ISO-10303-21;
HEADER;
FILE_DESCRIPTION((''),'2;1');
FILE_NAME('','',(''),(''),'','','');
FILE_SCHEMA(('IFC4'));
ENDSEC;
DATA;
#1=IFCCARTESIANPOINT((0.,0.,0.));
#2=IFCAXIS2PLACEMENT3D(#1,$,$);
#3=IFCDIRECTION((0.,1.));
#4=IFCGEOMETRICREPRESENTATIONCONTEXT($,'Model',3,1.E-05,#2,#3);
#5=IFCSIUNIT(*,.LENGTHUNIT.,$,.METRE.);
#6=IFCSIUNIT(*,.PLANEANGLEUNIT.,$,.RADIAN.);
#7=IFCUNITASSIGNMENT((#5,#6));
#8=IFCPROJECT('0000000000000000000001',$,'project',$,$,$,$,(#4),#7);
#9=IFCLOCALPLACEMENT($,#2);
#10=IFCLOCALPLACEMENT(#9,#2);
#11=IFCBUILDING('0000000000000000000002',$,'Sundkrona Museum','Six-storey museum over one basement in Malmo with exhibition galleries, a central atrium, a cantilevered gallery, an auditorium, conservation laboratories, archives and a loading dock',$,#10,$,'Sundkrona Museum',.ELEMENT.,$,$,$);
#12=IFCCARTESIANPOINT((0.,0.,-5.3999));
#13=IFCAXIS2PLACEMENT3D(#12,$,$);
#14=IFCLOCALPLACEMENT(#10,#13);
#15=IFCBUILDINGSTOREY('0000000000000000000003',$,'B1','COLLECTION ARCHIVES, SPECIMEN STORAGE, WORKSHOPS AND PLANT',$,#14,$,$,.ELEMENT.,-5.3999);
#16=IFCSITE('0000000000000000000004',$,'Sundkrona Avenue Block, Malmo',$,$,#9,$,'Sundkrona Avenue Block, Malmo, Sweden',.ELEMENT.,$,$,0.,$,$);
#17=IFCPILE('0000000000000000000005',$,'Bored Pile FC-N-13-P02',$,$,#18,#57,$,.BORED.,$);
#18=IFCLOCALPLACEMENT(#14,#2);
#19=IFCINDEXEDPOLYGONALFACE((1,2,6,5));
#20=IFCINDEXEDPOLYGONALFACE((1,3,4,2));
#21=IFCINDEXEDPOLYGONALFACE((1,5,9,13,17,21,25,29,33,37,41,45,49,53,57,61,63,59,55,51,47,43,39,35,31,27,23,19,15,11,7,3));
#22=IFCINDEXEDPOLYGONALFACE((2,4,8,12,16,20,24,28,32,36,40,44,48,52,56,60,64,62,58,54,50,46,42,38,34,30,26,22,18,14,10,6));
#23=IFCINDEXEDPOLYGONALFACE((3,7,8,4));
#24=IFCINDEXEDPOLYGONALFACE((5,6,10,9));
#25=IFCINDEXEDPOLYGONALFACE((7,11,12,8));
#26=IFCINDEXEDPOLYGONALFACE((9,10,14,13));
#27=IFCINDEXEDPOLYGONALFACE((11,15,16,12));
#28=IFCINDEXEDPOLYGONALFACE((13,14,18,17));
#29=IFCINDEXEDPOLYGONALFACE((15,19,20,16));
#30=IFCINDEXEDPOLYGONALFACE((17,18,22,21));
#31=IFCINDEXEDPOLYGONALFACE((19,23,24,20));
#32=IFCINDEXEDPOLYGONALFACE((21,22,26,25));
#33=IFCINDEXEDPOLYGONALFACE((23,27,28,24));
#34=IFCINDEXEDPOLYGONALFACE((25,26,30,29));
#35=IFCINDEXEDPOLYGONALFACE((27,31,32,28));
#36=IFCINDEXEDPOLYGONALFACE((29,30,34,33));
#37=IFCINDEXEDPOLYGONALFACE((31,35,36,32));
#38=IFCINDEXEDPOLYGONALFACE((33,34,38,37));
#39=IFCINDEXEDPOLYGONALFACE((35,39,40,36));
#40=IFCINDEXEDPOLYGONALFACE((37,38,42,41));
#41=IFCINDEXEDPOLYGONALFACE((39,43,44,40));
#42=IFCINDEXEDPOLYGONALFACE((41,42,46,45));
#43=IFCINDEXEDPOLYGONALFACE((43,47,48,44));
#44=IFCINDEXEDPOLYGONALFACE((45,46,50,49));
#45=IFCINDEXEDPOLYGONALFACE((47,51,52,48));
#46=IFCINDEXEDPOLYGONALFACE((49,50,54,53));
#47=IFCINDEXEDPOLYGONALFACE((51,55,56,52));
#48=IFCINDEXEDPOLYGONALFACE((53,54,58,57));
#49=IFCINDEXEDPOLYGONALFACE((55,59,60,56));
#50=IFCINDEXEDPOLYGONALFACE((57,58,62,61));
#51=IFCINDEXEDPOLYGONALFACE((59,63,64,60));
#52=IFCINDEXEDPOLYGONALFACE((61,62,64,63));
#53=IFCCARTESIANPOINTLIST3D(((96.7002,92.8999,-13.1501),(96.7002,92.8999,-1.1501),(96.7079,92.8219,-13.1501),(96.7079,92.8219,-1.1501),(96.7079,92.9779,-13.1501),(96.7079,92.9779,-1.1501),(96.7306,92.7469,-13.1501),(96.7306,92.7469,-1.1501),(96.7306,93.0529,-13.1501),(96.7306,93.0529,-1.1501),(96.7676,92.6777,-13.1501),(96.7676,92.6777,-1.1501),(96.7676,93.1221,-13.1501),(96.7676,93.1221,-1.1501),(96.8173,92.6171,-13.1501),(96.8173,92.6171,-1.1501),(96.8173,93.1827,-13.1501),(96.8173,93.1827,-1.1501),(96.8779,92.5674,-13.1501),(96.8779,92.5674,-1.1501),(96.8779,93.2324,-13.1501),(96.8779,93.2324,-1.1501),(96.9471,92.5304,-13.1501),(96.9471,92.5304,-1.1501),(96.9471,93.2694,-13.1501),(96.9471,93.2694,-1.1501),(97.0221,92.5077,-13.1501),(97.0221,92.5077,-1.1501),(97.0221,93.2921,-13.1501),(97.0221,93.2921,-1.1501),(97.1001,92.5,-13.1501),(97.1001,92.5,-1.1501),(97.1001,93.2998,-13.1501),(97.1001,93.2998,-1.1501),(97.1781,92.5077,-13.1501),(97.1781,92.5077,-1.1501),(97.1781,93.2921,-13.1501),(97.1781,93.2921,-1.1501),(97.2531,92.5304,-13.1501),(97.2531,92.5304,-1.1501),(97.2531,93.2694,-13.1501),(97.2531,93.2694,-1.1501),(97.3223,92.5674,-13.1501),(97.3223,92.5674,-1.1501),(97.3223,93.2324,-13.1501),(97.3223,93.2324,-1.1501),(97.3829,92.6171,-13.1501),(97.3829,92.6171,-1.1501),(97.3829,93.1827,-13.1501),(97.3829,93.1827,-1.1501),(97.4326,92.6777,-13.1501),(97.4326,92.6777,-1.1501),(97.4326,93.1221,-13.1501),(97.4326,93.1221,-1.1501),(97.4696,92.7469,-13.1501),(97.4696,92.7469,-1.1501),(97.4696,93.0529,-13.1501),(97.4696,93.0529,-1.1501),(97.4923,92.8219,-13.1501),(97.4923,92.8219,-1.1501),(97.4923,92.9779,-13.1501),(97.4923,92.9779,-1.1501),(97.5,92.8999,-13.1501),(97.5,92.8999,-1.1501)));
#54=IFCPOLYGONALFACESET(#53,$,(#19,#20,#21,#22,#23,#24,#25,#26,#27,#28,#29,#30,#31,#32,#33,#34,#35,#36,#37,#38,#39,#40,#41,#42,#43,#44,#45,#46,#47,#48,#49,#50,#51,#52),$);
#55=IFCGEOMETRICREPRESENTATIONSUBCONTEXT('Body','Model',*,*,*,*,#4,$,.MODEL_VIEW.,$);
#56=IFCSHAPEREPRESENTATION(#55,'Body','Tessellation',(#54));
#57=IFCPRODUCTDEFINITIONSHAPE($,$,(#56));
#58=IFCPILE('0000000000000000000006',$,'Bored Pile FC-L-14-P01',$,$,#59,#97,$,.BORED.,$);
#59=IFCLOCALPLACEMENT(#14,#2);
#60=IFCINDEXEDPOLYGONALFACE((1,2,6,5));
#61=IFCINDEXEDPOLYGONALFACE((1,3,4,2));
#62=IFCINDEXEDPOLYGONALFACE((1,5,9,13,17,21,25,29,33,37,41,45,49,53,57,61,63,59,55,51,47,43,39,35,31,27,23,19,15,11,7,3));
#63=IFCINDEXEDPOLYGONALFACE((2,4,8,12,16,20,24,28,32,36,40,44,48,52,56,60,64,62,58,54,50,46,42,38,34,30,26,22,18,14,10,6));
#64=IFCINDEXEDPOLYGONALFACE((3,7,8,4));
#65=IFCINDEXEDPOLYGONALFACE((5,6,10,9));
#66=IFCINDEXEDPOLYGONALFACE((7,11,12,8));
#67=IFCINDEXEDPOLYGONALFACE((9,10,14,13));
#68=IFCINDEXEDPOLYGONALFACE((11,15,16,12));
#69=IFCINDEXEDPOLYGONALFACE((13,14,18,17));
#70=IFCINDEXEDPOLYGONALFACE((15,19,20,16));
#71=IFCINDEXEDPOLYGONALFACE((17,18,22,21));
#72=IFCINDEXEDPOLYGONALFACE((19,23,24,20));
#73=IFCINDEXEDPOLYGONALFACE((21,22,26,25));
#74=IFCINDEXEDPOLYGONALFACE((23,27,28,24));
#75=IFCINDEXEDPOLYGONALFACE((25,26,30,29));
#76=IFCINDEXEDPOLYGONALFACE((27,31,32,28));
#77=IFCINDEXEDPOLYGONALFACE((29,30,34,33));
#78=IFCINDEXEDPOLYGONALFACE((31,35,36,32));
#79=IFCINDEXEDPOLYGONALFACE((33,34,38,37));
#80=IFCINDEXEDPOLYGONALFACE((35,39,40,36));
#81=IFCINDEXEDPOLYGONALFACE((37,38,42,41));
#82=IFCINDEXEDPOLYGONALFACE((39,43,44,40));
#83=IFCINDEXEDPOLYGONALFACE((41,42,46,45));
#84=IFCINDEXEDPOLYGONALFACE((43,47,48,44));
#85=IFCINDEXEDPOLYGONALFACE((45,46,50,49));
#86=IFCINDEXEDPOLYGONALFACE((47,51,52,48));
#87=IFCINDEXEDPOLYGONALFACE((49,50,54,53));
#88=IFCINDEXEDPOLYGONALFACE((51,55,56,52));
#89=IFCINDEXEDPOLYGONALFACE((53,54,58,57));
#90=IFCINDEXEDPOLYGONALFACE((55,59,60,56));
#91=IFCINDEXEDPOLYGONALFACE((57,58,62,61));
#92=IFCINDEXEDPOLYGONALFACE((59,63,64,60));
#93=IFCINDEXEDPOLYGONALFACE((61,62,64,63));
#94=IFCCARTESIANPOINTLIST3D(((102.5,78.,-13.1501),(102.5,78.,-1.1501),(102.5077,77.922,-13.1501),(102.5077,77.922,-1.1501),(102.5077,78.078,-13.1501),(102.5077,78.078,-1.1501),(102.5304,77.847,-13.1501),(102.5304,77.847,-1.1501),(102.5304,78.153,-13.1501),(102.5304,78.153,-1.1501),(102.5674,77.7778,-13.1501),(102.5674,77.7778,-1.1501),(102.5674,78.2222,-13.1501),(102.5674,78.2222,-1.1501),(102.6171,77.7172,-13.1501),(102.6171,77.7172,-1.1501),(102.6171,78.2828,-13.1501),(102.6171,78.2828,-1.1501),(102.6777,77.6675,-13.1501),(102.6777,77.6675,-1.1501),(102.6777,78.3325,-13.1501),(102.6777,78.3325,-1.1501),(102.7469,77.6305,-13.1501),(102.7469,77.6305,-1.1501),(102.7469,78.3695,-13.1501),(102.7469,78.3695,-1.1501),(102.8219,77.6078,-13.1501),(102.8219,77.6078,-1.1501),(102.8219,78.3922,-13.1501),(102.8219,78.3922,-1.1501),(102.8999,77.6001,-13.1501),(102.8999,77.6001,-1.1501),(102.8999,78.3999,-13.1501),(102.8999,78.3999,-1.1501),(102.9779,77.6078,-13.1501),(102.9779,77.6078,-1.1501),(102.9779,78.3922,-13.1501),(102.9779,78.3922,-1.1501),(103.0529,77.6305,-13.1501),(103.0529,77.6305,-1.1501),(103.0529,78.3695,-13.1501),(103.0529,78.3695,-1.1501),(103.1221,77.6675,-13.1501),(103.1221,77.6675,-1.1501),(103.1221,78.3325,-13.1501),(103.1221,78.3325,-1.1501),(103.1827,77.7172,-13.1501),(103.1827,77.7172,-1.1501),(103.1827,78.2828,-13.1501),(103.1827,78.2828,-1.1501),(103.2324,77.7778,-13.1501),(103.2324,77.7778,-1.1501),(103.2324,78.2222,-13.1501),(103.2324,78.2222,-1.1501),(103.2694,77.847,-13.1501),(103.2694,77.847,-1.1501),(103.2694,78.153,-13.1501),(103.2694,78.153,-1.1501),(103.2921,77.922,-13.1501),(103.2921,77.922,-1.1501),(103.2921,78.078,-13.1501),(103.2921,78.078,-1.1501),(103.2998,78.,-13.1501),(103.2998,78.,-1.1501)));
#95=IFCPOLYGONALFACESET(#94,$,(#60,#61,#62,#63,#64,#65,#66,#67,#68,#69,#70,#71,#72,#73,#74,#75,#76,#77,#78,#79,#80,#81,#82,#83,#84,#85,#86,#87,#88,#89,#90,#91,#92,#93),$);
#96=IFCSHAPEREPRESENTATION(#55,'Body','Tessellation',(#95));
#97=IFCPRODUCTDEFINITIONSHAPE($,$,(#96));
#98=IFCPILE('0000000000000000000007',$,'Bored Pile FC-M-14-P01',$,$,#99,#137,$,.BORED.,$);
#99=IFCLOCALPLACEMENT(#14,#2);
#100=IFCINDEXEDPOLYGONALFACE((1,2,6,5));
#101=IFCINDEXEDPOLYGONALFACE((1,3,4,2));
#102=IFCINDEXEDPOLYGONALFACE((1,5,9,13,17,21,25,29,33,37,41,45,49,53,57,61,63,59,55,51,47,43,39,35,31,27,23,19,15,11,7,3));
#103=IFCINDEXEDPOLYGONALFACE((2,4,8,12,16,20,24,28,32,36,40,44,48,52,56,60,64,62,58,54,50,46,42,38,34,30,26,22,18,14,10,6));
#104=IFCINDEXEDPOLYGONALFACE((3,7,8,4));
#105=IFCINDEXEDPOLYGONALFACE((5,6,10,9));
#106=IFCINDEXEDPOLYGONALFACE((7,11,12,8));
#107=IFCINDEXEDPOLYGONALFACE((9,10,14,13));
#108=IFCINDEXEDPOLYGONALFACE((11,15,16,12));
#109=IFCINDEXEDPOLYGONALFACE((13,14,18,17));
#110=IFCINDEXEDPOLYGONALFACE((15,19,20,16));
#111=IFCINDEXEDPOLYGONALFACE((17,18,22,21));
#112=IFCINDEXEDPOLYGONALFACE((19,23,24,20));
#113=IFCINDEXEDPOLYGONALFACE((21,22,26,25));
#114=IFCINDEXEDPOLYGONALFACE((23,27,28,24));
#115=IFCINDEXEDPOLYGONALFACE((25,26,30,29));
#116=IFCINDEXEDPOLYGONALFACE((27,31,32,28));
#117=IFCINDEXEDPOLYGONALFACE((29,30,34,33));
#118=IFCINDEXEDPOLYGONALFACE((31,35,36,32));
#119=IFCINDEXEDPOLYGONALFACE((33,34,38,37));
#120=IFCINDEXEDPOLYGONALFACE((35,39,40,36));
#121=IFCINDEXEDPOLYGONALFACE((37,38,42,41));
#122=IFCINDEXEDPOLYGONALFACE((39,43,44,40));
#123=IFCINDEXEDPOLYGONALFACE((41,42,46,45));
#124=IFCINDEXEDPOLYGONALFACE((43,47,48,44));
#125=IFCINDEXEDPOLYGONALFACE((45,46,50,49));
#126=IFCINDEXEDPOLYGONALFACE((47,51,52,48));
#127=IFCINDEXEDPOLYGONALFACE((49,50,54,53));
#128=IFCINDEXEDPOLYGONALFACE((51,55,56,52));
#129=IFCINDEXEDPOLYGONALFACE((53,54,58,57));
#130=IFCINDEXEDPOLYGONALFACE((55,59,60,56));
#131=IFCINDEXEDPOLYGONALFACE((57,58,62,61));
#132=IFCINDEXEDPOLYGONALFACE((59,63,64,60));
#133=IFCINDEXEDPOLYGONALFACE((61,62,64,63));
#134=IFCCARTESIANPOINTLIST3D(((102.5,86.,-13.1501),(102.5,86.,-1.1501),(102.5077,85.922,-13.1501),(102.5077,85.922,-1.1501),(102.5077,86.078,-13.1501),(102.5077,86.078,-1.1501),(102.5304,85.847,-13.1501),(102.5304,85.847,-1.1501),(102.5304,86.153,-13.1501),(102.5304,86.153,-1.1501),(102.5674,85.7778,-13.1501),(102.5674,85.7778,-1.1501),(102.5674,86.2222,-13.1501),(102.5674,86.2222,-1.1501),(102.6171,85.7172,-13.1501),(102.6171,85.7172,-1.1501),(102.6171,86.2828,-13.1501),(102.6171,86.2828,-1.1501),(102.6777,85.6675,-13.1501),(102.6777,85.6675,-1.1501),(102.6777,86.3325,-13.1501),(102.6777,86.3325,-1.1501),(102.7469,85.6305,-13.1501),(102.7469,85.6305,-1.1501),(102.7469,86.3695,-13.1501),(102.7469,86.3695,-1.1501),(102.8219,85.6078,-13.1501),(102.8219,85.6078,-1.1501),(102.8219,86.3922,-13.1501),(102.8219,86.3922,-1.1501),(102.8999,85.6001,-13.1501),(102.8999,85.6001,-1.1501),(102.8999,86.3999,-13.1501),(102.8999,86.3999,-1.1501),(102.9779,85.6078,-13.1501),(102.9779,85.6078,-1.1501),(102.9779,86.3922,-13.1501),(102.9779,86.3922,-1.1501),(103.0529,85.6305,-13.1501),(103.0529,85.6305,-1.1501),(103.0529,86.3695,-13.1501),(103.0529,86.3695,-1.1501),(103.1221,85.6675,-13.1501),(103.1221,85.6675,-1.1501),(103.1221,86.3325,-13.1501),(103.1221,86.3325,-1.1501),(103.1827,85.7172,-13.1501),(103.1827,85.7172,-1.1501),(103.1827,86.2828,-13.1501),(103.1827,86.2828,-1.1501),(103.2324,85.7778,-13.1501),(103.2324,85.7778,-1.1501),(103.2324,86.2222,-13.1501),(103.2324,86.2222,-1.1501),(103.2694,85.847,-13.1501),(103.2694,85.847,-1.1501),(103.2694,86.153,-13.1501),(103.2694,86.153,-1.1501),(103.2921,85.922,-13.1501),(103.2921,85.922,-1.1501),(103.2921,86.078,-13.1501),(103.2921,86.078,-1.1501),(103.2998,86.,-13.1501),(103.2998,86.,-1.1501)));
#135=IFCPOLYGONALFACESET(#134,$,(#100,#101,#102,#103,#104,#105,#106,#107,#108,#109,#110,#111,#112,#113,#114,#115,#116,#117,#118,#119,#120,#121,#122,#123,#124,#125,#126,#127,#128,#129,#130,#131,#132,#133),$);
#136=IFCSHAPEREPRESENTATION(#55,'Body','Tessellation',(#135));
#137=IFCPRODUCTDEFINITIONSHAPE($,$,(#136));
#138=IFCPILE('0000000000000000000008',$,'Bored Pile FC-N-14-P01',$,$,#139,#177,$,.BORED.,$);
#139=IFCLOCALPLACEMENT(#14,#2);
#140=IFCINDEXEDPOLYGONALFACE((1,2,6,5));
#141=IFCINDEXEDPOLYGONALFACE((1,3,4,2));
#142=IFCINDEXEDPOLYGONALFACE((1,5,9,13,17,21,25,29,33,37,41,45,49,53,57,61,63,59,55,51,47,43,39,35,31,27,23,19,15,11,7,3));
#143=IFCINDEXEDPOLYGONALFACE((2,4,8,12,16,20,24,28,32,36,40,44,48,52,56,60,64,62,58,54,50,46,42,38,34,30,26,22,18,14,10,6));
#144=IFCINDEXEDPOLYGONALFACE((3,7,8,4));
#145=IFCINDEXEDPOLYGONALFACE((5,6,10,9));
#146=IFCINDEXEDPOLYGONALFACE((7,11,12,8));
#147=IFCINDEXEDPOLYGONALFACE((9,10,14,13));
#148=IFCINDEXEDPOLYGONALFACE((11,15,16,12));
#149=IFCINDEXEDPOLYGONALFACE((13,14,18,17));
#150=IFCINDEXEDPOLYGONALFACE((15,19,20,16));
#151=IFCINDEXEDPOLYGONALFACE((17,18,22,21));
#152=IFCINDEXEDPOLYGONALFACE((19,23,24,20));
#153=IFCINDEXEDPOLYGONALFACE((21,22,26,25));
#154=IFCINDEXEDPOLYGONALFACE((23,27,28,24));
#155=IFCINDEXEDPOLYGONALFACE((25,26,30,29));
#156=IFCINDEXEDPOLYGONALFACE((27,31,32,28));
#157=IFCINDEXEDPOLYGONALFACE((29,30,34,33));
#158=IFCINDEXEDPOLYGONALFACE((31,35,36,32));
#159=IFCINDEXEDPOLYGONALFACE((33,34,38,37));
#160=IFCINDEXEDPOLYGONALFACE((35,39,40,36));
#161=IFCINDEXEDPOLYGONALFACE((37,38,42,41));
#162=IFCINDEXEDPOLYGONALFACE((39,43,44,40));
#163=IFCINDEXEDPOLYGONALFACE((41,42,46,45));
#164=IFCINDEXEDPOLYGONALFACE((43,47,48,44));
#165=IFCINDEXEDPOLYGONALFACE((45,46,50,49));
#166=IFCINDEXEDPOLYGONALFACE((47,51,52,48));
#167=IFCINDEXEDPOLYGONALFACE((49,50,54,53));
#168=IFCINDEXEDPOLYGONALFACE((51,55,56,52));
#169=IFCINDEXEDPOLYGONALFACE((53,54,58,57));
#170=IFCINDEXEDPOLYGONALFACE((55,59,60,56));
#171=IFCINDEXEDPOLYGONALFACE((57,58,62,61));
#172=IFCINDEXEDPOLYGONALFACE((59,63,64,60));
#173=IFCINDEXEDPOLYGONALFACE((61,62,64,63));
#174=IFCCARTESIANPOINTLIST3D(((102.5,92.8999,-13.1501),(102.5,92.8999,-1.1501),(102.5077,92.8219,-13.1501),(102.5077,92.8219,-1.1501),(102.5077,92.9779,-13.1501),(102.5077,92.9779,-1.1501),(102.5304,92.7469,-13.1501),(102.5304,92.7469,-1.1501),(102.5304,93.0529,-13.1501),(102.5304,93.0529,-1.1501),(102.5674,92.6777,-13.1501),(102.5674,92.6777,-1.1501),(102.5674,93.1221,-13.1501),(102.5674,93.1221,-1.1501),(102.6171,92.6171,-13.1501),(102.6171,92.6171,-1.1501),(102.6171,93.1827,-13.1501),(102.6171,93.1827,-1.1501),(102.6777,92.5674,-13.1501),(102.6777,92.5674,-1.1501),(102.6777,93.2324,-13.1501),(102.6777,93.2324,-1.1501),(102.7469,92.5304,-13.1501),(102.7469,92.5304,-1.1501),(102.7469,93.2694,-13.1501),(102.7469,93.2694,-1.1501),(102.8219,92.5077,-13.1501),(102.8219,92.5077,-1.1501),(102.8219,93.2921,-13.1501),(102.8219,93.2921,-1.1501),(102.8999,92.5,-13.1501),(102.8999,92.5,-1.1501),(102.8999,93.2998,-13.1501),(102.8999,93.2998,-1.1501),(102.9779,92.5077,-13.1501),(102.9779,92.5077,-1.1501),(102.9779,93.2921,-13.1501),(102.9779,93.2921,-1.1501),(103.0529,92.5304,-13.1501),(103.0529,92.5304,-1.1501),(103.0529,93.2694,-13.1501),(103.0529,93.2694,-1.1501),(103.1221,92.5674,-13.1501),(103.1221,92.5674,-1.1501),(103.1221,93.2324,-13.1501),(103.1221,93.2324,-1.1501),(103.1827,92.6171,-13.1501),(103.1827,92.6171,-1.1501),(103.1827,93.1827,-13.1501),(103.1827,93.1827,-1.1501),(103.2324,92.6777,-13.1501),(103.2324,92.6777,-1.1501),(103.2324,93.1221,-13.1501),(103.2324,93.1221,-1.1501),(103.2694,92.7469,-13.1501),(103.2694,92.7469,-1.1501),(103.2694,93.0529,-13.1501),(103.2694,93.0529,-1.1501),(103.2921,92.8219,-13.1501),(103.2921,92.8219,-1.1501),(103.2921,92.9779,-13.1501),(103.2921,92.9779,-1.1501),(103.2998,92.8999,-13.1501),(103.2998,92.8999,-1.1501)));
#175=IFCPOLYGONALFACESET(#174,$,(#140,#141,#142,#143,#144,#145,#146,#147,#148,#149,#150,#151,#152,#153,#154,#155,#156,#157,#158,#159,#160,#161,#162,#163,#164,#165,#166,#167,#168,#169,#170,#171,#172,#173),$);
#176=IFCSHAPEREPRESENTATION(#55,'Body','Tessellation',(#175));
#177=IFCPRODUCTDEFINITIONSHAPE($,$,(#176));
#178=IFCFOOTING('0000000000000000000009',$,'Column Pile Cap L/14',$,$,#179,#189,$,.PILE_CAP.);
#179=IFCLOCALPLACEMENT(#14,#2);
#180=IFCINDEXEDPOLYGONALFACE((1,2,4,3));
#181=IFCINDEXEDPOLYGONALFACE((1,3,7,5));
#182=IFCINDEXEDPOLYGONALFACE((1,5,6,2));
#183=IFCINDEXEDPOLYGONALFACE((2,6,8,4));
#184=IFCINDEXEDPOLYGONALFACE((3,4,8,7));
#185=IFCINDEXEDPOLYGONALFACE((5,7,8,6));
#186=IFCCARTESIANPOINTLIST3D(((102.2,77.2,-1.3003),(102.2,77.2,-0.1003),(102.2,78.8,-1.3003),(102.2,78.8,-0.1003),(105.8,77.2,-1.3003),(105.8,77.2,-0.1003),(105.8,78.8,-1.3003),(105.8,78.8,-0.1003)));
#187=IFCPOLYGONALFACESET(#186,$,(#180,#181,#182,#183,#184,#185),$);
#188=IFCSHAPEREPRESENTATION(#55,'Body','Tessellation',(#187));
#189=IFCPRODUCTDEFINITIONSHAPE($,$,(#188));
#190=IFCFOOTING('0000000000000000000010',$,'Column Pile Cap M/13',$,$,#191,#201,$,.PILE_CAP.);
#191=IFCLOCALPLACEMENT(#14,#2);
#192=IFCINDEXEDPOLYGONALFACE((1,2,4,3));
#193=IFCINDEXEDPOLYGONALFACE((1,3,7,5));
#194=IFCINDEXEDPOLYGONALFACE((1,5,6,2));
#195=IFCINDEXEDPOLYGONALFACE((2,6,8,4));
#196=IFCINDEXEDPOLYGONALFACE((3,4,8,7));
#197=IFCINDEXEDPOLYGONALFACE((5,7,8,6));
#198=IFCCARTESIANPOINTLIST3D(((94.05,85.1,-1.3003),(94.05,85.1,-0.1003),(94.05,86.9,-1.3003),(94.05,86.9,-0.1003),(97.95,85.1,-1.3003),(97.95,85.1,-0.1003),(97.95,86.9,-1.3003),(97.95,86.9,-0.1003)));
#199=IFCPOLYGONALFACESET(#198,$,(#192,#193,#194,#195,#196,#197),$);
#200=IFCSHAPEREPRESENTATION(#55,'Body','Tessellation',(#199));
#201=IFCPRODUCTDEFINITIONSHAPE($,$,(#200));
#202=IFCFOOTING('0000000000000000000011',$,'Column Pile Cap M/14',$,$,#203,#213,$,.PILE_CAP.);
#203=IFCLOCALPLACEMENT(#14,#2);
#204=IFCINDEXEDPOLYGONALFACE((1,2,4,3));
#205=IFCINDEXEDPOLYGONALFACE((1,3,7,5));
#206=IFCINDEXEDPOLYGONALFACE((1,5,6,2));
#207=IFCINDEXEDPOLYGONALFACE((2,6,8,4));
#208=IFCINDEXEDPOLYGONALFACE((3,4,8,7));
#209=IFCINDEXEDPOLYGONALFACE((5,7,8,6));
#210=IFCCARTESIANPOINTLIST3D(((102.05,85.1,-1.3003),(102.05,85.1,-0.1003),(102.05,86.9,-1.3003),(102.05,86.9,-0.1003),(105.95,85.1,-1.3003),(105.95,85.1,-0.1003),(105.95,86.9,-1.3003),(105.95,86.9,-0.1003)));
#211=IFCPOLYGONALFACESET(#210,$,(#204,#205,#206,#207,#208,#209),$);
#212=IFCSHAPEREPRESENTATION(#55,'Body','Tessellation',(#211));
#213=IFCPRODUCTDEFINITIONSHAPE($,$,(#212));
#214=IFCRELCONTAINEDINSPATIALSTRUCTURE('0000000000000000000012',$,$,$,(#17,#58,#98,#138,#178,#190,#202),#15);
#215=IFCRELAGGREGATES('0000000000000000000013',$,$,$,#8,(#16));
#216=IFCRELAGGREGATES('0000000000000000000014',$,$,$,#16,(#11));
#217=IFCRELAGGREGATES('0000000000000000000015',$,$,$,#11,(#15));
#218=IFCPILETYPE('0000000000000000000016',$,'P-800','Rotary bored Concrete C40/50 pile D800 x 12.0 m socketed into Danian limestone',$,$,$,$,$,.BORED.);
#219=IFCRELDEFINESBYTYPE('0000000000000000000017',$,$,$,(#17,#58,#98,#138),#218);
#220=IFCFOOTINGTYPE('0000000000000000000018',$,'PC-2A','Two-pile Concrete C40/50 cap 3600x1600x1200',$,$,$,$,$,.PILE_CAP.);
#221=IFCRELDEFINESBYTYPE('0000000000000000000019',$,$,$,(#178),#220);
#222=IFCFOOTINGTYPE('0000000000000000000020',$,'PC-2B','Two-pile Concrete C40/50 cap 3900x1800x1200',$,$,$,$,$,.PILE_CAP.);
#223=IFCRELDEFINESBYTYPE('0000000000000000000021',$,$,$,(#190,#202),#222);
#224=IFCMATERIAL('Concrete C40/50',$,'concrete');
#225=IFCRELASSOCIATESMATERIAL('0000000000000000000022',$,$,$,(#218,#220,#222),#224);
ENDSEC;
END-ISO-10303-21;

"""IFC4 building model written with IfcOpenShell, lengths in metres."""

from ifc_helpers import new_model, si_unit, direction, frame, origin, origin_2d, place, context, subcontext, project, spatial, rectangle, circle, extrude, material, material_profile, profile_set, type_object, element, save


model = new_model("IFC4")

# Units and contexts
model_context = context("Model", 3, precision=1e-05, world=origin(), true_north=direction((0.0, 1.0)))
body_context = subcontext(model_context, "Body", "Model", "MODEL_VIEW")
ifc_project = project(units=[si_unit("LENGTHUNIT", "METRE"), si_unit("PLANEANGLEUNIT", "RADIAN")], contexts=[model_context])

# Site, building, storey
site_placement = place(None, origin())
site = spatial("IfcSite", under=ifc_project, at=site_placement, Name="Sundkrona Avenue Block, Malmo", LongName="Sundkrona Avenue Block, Malmo, Sweden", CompositionType="ELEMENT", RefElevation=0.0)
building_placement = place(site_placement, origin())
building = spatial("IfcBuilding", under=site, at=building_placement, Name="Sundkrona Museum", Description="Six-storey museum over one basement in Malmo with exhibition galleries, a central atrium, a cantilevered gallery, an auditorium, conservation laboratories, archives and a loading dock", LongName="Sundkrona Museum", CompositionType="ELEMENT")
storey_placement = place(building_placement, frame((0.0, 0.0, -5.3999)))
storey = spatial("IfcBuildingStorey", under=building, at=storey_placement, Name="B1", Description="COLLECTION ARCHIVES, SPECIMEN STORAGE, WORKSHOPS AND PLANT", CompositionType="ELEMENT", Elevation=-5.3999)

# Shared definitions
ifc_material_1 = material(Name="Concrete C40/50", Category="concrete")

# Piles
ifc_material_profile_1 = material_profile(ifc_material_1, circle(Radius=0.3999, at=origin_2d()), Name="PILE D800")
ifc_profile_set_1 = profile_set([ifc_material_profile_1], Name="Concrete C40/50")
pile_type = type_object("IfcPileType", Name="P-800", Description="Rotary bored Concrete C40/50 pile D800 x 12.0 m socketed into Danian limestone", PredefinedType="BORED", material=ifc_profile_set_1)
for number, where, z_axis, x_axis, name in (
    (1, (97.1001, 92.8999, -1.1501), (0.0, 0.0, -1.0), (1.0, 0.0, 0.0), "Bored Pile FC-N-13-P02"),
    (2, (102.8999, 78.0, -1.1501), (0.0, 0.0, -1.0), (1.0, 0.0, 0.0), "Bored Pile FC-L-14-P01"),
    (3, (102.8999, 86.0, -1.1501), (0.0, 0.0, -1.0), (1.0, 0.0, 0.0), "Bored Pile FC-M-14-P01"),
    (4, (102.8999, 92.8999, -1.1501), (0.0, 0.0, -1.0), (1.0, 0.0, 0.0), "Bored Pile FC-N-14-P01"),
):
    element("IfcPile", number, at=place(storey_placement, frame(where, z_axis=z_axis, x_axis=x_axis)), inside=storey, type_object=pile_type, Name=name, PredefinedType="BORED", context=body_context, shape_type="SweptSolid", body=[
        extrude(circle(Radius=0.3999, at=origin_2d()), origin(), (0.0, 0.0, 1.0), 12.0),
    ])

# Footings
footing_type_1 = type_object("IfcFootingType", Name="PC-2A", Description="Two-pile Concrete C40/50 cap 3600x1600x1200", PredefinedType="PILE_CAP", material=ifc_material_1)
footing_1_placement = place(storey_placement, frame((104.0, 78.0, -1.3003), z_axis=(0.0, 0.0, 1.0), x_axis=(1.0, 0.0, 0.0)))
element("IfcFooting", 5, at=footing_1_placement, inside=storey, type_object=footing_type_1, Name="Column Pile Cap L/14", PredefinedType="PILE_CAP", context=body_context, shape_type="SweptSolid", body=[
    extrude(rectangle(XDim=3.6001, YDim=1.6001, at=origin_2d()), origin(), (0.0, 0.0, 1.0), 1.2),
])
footing_type_2 = type_object("IfcFootingType", Name="PC-2B", Description="Two-pile Concrete C40/50 cap 3900x1800x1200", PredefinedType="PILE_CAP", material=ifc_material_1)
for number, where, z_axis, x_axis, name in (
    (6, (96.0, 86.0, -1.3003), (0.0, 0.0, 1.0), (1.0, 0.0, 0.0), "Column Pile Cap M/13"),
    (7, (104.0, 86.0, -1.3003), (0.0, 0.0, 1.0), (1.0, 0.0, 0.0), "Column Pile Cap M/14"),
):
    element("IfcFooting", number, at=place(storey_placement, frame(where, z_axis=z_axis, x_axis=x_axis)), inside=storey, type_object=footing_type_2, Name=name, PredefinedType="PILE_CAP", context=body_context, shape_type="SweptSolid", body=[
        extrude(rectangle(XDim=3.8999, YDim=1.8, at=origin_2d()), origin(), (0.0, 0.0, 1.0), 1.2),
    ])

save(model, "model.ifc")
